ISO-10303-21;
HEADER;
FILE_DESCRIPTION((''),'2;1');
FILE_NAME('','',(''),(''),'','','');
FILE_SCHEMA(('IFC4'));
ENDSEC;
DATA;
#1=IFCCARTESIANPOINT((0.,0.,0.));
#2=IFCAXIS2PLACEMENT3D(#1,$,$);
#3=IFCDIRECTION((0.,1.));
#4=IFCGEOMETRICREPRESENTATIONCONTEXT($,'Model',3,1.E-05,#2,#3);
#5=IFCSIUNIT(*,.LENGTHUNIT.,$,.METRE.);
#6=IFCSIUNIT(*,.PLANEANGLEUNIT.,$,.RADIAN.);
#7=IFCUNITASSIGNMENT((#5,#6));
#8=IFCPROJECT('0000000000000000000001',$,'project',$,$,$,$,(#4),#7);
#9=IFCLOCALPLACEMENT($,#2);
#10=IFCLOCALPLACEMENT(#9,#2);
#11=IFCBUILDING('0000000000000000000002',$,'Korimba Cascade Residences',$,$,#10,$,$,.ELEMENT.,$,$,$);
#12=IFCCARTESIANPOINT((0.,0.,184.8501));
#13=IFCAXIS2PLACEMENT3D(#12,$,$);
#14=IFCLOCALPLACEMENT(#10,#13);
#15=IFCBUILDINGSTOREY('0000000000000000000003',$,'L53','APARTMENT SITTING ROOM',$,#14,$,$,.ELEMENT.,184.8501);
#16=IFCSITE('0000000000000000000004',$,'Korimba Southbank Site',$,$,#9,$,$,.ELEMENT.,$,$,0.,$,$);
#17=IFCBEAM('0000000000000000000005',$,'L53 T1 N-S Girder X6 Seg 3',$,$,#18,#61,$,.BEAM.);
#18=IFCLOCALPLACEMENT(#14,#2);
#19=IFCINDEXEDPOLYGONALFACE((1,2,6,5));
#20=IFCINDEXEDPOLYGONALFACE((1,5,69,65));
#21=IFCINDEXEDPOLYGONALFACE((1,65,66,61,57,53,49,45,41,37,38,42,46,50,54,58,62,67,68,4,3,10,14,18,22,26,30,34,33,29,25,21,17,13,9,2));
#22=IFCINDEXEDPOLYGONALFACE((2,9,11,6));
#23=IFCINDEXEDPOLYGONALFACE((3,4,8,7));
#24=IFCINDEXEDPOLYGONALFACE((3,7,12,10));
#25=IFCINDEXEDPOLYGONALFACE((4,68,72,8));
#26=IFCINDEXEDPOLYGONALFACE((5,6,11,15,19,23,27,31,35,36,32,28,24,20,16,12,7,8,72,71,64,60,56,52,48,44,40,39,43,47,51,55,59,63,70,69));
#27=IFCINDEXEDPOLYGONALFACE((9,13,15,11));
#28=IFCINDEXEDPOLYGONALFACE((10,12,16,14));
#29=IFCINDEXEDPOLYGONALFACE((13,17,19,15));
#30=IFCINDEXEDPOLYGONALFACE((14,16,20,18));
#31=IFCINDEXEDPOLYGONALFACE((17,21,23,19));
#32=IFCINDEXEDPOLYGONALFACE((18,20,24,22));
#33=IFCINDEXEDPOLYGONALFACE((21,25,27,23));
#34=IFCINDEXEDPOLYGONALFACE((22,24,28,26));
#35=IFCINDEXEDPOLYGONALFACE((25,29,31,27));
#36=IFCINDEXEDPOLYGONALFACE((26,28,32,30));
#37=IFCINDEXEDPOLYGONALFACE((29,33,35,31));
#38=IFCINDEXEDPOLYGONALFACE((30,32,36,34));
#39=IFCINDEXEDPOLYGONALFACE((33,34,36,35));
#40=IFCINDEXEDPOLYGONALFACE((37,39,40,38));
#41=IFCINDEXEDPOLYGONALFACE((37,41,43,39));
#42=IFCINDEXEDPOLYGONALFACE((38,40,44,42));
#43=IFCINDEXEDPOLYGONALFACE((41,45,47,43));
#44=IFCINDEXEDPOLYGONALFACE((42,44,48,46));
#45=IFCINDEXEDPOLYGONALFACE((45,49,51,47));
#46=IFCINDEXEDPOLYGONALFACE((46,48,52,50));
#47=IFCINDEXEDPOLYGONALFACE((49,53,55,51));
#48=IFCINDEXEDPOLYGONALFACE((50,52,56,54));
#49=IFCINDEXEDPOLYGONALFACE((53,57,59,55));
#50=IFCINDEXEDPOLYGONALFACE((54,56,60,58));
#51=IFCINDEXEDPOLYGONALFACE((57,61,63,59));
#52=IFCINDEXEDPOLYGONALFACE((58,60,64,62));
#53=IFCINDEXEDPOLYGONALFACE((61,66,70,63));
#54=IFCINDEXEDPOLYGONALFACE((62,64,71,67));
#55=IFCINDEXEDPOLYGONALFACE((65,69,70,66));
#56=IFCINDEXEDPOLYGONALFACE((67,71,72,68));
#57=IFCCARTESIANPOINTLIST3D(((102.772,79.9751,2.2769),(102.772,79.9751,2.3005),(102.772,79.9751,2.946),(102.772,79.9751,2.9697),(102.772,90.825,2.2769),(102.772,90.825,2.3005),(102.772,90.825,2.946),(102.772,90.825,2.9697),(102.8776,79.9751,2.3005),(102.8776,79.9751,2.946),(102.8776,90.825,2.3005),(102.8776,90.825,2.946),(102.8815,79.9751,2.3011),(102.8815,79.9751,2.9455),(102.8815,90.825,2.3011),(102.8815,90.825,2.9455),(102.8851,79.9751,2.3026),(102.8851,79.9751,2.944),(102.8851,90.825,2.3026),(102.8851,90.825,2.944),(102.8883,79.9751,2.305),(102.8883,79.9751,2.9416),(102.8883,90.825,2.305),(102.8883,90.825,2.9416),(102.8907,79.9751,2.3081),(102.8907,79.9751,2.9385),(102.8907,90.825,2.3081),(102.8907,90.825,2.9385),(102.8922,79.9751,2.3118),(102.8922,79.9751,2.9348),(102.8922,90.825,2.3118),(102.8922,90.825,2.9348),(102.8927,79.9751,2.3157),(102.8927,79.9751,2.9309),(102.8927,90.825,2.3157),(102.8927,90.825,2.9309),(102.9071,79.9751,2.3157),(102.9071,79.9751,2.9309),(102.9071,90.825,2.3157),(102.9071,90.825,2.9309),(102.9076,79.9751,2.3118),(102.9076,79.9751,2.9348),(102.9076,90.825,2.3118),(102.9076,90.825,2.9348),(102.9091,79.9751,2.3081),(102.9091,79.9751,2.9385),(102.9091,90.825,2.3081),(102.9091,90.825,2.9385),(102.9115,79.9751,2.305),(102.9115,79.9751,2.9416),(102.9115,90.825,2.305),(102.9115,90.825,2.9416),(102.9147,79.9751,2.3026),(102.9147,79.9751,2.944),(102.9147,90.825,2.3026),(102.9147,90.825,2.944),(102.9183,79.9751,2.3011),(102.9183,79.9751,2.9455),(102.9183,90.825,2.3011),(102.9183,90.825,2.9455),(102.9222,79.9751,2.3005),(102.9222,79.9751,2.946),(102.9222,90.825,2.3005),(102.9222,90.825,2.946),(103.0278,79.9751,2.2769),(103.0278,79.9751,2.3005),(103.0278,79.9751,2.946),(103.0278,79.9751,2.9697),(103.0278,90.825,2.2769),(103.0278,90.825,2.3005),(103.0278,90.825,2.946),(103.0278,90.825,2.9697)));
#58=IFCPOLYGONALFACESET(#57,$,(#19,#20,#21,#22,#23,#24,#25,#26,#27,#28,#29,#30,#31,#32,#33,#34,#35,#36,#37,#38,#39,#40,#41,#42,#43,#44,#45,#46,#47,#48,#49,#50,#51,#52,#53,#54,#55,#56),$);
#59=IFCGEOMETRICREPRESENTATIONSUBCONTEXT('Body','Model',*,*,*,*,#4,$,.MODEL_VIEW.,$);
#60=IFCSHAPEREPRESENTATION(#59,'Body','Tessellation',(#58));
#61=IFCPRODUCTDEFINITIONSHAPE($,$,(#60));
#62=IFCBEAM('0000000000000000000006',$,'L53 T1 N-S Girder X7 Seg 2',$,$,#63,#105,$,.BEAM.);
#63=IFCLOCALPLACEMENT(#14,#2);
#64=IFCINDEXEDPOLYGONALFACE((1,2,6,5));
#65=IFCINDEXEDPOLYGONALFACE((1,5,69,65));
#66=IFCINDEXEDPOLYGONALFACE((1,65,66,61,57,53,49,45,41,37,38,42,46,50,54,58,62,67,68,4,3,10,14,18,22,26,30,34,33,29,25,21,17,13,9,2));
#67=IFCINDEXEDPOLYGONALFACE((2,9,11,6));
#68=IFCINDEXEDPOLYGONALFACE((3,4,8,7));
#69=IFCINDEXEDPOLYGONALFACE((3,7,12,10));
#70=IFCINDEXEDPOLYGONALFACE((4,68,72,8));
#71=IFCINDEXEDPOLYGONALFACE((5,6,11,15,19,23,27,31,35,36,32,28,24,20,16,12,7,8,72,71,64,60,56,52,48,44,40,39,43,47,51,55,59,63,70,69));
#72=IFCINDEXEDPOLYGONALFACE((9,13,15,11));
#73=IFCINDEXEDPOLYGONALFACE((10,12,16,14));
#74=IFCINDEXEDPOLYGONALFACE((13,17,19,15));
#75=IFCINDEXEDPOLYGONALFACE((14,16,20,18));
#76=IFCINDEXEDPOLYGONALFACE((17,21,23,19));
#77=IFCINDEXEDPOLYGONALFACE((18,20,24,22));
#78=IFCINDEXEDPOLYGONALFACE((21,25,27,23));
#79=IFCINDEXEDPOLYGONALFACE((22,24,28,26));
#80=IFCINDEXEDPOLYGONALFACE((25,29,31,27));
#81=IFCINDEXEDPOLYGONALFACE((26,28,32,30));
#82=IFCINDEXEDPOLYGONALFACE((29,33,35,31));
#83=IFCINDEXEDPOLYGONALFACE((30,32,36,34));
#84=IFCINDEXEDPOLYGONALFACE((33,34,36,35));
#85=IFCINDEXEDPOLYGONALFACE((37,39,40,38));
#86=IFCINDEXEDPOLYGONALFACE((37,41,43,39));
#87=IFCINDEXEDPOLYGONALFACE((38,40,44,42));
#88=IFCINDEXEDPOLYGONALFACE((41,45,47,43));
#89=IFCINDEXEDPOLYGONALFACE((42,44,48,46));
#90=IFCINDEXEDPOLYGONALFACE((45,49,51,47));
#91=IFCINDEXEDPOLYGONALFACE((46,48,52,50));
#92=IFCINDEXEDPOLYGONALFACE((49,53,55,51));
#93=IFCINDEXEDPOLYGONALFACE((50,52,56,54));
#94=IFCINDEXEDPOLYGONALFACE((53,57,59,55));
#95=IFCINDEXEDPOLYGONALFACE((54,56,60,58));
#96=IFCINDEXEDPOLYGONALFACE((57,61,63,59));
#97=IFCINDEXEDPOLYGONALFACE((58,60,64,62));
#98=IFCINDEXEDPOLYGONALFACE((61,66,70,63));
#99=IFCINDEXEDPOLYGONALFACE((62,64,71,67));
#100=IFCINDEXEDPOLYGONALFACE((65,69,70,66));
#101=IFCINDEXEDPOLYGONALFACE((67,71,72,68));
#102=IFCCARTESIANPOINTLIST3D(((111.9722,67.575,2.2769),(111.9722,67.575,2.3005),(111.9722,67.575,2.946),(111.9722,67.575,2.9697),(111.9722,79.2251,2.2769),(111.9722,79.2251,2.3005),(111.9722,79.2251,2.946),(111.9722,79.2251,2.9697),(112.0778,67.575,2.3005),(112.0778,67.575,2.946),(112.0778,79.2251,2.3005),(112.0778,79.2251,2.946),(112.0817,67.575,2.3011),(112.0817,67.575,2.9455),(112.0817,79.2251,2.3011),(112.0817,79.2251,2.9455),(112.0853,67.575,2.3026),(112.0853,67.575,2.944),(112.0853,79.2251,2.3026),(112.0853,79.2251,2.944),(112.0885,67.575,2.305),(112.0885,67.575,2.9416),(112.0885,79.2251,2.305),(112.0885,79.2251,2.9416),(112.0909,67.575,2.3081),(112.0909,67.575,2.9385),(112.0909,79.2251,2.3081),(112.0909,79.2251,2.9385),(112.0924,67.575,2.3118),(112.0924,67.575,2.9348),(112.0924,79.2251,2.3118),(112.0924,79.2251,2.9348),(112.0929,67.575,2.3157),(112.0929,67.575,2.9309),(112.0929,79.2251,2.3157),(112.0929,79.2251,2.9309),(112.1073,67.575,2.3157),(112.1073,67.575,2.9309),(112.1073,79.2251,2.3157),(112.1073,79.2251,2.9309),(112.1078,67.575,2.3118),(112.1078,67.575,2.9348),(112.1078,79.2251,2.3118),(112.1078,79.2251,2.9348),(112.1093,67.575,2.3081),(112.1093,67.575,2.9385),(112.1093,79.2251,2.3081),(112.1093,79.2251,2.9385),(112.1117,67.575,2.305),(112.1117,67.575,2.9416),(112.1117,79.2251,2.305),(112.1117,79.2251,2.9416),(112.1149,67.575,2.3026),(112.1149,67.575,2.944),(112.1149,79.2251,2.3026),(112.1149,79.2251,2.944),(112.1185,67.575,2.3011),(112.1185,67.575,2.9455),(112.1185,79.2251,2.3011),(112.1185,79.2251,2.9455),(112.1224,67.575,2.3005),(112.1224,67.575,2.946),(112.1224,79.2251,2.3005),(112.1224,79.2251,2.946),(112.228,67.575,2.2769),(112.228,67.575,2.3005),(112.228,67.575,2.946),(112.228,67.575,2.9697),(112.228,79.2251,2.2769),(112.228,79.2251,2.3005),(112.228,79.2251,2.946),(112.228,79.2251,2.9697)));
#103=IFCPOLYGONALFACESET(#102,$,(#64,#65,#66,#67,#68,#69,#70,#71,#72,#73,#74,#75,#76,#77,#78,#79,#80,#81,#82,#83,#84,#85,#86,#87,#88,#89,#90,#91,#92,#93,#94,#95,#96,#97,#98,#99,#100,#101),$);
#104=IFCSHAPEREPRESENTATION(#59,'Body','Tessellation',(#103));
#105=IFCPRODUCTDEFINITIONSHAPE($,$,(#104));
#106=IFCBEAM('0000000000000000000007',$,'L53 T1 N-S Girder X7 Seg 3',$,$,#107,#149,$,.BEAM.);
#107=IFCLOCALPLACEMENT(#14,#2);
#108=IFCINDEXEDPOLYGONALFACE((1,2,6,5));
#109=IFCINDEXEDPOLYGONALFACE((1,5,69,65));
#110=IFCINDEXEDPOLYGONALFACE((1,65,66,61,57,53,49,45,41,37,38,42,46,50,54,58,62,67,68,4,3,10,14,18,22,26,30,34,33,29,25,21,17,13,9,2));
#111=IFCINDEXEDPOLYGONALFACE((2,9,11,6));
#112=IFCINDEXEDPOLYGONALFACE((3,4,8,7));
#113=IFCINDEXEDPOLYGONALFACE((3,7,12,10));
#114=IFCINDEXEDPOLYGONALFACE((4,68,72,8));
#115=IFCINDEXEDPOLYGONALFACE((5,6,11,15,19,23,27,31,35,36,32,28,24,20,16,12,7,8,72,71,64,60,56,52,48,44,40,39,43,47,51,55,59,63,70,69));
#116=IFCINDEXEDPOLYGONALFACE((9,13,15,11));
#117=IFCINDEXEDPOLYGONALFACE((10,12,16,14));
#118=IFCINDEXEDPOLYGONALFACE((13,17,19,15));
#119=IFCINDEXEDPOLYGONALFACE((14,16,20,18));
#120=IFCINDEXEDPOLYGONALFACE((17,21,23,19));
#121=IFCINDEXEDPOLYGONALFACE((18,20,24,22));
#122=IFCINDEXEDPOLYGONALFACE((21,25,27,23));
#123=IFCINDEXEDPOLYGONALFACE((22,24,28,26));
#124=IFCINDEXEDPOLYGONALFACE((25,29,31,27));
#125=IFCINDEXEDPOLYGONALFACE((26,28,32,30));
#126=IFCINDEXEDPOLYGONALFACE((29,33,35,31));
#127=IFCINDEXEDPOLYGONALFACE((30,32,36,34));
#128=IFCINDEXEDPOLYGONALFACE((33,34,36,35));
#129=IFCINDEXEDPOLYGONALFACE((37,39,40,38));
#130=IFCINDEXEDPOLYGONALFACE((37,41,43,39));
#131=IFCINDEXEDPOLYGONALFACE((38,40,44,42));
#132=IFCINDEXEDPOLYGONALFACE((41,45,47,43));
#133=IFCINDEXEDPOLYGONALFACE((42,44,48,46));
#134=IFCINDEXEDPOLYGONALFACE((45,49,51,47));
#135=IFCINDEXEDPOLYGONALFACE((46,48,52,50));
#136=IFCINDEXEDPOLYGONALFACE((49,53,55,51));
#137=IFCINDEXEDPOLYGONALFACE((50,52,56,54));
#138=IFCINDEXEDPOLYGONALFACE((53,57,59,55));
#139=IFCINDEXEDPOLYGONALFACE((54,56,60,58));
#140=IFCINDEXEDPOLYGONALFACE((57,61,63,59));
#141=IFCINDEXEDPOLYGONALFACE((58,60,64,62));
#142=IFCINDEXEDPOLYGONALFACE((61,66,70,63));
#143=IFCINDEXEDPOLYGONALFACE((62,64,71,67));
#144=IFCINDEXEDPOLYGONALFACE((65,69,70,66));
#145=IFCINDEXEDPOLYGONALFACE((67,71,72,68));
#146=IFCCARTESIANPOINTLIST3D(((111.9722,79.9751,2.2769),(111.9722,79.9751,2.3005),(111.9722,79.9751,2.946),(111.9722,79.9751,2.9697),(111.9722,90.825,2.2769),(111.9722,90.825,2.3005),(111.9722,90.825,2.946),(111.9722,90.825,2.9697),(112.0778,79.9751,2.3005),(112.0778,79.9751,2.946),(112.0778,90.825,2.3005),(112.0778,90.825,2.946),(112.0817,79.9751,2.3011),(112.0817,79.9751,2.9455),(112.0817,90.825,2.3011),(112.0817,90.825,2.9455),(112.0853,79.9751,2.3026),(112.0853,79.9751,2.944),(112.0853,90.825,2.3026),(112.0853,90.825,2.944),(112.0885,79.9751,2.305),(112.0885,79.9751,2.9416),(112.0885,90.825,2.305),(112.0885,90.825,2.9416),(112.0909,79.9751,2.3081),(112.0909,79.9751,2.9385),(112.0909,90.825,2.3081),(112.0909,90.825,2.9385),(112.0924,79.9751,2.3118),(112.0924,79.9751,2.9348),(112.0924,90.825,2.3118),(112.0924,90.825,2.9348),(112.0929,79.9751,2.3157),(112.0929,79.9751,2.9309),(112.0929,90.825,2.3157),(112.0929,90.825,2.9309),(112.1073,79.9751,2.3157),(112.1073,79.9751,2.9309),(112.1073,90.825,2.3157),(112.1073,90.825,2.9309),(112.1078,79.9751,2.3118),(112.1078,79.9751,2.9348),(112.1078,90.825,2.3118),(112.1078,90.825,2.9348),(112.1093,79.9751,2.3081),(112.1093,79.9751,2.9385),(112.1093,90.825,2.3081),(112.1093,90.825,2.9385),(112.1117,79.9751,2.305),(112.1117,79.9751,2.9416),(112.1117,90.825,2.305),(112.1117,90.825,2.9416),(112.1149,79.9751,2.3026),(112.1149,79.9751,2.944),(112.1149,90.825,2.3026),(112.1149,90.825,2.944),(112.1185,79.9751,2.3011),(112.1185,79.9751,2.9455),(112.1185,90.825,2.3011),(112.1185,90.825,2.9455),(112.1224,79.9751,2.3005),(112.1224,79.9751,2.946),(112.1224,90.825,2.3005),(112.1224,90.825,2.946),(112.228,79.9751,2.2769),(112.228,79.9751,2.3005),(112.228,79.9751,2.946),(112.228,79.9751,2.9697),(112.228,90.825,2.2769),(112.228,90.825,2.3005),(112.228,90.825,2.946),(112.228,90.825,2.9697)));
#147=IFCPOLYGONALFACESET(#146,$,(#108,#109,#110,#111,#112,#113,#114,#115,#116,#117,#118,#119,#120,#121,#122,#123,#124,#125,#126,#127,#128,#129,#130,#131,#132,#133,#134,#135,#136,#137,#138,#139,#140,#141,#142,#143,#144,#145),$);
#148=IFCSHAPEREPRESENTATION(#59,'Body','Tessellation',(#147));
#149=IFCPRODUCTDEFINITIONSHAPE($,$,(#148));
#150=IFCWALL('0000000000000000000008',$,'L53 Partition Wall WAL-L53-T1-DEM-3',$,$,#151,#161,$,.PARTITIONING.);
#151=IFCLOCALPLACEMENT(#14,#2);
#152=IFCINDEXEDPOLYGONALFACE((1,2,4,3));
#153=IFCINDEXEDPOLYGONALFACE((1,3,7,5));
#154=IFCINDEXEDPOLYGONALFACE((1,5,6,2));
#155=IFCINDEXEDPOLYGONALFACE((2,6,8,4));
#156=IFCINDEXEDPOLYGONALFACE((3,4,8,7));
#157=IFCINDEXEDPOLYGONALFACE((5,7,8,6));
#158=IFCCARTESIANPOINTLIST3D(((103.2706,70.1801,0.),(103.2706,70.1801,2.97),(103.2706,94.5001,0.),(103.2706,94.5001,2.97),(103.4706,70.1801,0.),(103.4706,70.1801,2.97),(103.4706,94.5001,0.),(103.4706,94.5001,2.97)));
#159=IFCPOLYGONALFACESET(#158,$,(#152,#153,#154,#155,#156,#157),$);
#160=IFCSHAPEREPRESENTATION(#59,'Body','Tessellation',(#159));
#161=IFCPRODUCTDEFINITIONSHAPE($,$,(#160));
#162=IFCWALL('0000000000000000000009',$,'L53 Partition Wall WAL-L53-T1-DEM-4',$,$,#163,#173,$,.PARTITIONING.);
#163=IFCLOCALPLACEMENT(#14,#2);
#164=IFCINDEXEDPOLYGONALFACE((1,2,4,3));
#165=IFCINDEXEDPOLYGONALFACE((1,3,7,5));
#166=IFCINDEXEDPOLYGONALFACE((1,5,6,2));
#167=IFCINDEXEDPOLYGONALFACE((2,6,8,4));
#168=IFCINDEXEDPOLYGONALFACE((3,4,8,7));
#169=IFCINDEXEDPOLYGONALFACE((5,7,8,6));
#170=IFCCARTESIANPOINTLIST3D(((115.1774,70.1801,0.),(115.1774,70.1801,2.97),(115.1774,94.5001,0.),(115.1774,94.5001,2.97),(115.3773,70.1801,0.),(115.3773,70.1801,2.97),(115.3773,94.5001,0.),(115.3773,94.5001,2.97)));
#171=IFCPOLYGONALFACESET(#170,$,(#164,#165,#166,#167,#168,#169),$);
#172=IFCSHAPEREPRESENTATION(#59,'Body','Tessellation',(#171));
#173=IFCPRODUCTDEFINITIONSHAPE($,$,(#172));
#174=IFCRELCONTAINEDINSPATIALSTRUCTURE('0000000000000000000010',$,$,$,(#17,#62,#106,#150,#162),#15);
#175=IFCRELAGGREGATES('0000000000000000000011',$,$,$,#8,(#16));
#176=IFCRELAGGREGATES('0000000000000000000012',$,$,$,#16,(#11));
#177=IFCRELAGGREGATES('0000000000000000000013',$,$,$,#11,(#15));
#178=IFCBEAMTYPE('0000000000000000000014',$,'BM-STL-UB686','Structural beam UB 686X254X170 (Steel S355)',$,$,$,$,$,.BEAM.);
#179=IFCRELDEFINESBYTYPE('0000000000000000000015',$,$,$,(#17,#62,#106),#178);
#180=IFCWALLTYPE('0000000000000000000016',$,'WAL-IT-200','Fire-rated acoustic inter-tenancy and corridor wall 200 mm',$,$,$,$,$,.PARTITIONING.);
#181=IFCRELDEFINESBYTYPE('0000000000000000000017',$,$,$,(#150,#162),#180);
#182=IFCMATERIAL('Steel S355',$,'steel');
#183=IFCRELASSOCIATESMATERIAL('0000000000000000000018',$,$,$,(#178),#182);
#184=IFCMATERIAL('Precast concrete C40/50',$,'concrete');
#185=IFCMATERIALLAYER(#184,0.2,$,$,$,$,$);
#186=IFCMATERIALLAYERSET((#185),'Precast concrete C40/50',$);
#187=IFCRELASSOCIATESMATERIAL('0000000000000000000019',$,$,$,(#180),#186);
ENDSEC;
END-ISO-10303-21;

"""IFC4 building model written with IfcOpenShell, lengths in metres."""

from ifc_helpers import new_model, si_unit, direction, frame, frame_2d, origin, origin_2d, place, context, subcontext, project, spatial, rectangle, i_section, extrude, material, layer, layer_set, material_profile, profile_set, type_object, element, save


model = new_model("IFC4")

# Units and contexts
model_context = context("Model", 3, precision=1e-05, world=origin(), true_north=direction((0.0, 1.0)))
body_context = subcontext(model_context, "Body", "Model", "MODEL_VIEW")
ifc_project = project(units=[si_unit("LENGTHUNIT", "METRE"), si_unit("PLANEANGLEUNIT", "RADIAN")], contexts=[model_context])

# Site, building, storey
site_placement = place(None, origin())
site = spatial("IfcSite", under=ifc_project, at=site_placement, Name="Korimba Southbank Site", CompositionType="ELEMENT", RefElevation=0.0)
building_placement = place(site_placement, origin())
building = spatial("IfcBuilding", under=site, at=building_placement, Name="Korimba Cascade Residences", CompositionType="ELEMENT")
storey_placement = place(building_placement, frame((0.0, 0.0, 184.8501)))
storey = spatial("IfcBuildingStorey", under=building, at=storey_placement, Name="L53", Description="APARTMENT SITTING ROOM", CompositionType="ELEMENT", Elevation=184.8501)

# Beams
ifc_material_1 = material(Name="Steel S355", Category="steel")
ifc_material_profile_1 = material_profile(ifc_material_1, i_section(OverallWidth=0.2559, OverallDepth=0.6929, WebThickness=0.0144, FlangeThickness=0.0237, FilletRadius=0.0151, at=origin_2d()), Name="Steel S355")
ifc_profile_set_1 = profile_set([ifc_material_profile_1], Name="Steel S355")
beam_type_1 = type_object("IfcBeamType", Name="BM-STL-UB686", Description="Structural beam UB 686X254X170 (Steel S355)", PredefinedType="BEAM", material=ifc_profile_set_1)
beam_1_placement = place(storey_placement, frame((102.8999, 79.9751, 2.6233), z_axis=(0.0, 1.0, 0.0), x_axis=(-1.0, 0.0, 0.0)))
element("IfcBeam", 1, at=beam_1_placement, inside=storey, type_object=beam_type_1, Name="L53 T1 N-S Girder X6 Seg 3", PredefinedType="BEAM", context=body_context, shape_type="SweptSolid", body=[
    extrude(i_section(OverallWidth=0.2559, OverallDepth=0.6929, WebThickness=0.0144, FlangeThickness=0.0237, FilletRadius=0.0151, at=origin_2d()), origin(), (0.0, 0.0, 1.0), 10.8499),
])
beam_2_placement = place(storey_placement, frame((112.1001, 67.575, 2.6233), z_axis=(0.0, 1.0, 0.0), x_axis=(-1.0, 0.0, 0.0)))
element("IfcBeam", 2, at=beam_2_placement, inside=storey, type_object=beam_type_1, Name="L53 T1 N-S Girder X7 Seg 2", PredefinedType="BEAM", context=body_context, shape_type="SweptSolid", body=[
    extrude(i_section(OverallWidth=0.2559, OverallDepth=0.6929, WebThickness=0.0144, FlangeThickness=0.0237, FilletRadius=0.0151, at=origin_2d()), origin(), (0.0, 0.0, 1.0), 11.6501),
])
beam_3_placement = place(storey_placement, frame((112.1001, 79.9751, 2.6233), z_axis=(0.0, 1.0, 0.0), x_axis=(-1.0, 0.0, 0.0)))
element("IfcBeam", 3, at=beam_3_placement, inside=storey, type_object=beam_type_1, Name="L53 T1 N-S Girder X7 Seg 3", PredefinedType="BEAM", context=body_context, shape_type="SweptSolid", body=[
    extrude(i_section(OverallWidth=0.2559, OverallDepth=0.6929, WebThickness=0.0144, FlangeThickness=0.0237, FilletRadius=0.0151, at=origin_2d()), origin(), (0.0, 0.0, 1.0), 10.8499),
])

# Walls
ifc_material_2 = material(Name="Precast concrete C40/50", Category="concrete")
ifc_layer_1 = layer(ifc_material_2, 0.2)
ifc_layer_set_1 = layer_set([ifc_layer_1], Name="Precast concrete C40/50")
wall_type_1 = type_object("IfcWallType", Name="WAL-IT-200", Description="Fire-rated acoustic inter-tenancy and corridor wall 200 mm", PredefinedType="PARTITIONING", material=ifc_layer_set_1)
for number, where, z_axis, x_axis, name in (
    (4, (103.3706, 70.1799, 0.0), (0.0, 0.0, 1.0), (0.0, 1.0, 0.0), "L53 Partition Wall WAL-L53-T1-DEM-3"),
    (5, (115.2773, 70.1799, 0.0), (0.0, 0.0, 1.0), (0.0, 1.0, 0.0), "L53 Partition Wall WAL-L53-T1-DEM-4"),
):
    element("IfcWall", number, at=place(storey_placement, frame(where, z_axis=z_axis, x_axis=x_axis)), inside=storey, type_object=wall_type_1, Name=name, PredefinedType="PARTITIONING", context=body_context, shape_type="SweptSolid", body=[
        extrude(rectangle(XDim=24.3201, YDim=0.2, at=frame_2d((12.1602, 0.0))), origin(), (0.0, 0.0, 1.0), 2.97),
    ])

save(model, "model.ifc")
